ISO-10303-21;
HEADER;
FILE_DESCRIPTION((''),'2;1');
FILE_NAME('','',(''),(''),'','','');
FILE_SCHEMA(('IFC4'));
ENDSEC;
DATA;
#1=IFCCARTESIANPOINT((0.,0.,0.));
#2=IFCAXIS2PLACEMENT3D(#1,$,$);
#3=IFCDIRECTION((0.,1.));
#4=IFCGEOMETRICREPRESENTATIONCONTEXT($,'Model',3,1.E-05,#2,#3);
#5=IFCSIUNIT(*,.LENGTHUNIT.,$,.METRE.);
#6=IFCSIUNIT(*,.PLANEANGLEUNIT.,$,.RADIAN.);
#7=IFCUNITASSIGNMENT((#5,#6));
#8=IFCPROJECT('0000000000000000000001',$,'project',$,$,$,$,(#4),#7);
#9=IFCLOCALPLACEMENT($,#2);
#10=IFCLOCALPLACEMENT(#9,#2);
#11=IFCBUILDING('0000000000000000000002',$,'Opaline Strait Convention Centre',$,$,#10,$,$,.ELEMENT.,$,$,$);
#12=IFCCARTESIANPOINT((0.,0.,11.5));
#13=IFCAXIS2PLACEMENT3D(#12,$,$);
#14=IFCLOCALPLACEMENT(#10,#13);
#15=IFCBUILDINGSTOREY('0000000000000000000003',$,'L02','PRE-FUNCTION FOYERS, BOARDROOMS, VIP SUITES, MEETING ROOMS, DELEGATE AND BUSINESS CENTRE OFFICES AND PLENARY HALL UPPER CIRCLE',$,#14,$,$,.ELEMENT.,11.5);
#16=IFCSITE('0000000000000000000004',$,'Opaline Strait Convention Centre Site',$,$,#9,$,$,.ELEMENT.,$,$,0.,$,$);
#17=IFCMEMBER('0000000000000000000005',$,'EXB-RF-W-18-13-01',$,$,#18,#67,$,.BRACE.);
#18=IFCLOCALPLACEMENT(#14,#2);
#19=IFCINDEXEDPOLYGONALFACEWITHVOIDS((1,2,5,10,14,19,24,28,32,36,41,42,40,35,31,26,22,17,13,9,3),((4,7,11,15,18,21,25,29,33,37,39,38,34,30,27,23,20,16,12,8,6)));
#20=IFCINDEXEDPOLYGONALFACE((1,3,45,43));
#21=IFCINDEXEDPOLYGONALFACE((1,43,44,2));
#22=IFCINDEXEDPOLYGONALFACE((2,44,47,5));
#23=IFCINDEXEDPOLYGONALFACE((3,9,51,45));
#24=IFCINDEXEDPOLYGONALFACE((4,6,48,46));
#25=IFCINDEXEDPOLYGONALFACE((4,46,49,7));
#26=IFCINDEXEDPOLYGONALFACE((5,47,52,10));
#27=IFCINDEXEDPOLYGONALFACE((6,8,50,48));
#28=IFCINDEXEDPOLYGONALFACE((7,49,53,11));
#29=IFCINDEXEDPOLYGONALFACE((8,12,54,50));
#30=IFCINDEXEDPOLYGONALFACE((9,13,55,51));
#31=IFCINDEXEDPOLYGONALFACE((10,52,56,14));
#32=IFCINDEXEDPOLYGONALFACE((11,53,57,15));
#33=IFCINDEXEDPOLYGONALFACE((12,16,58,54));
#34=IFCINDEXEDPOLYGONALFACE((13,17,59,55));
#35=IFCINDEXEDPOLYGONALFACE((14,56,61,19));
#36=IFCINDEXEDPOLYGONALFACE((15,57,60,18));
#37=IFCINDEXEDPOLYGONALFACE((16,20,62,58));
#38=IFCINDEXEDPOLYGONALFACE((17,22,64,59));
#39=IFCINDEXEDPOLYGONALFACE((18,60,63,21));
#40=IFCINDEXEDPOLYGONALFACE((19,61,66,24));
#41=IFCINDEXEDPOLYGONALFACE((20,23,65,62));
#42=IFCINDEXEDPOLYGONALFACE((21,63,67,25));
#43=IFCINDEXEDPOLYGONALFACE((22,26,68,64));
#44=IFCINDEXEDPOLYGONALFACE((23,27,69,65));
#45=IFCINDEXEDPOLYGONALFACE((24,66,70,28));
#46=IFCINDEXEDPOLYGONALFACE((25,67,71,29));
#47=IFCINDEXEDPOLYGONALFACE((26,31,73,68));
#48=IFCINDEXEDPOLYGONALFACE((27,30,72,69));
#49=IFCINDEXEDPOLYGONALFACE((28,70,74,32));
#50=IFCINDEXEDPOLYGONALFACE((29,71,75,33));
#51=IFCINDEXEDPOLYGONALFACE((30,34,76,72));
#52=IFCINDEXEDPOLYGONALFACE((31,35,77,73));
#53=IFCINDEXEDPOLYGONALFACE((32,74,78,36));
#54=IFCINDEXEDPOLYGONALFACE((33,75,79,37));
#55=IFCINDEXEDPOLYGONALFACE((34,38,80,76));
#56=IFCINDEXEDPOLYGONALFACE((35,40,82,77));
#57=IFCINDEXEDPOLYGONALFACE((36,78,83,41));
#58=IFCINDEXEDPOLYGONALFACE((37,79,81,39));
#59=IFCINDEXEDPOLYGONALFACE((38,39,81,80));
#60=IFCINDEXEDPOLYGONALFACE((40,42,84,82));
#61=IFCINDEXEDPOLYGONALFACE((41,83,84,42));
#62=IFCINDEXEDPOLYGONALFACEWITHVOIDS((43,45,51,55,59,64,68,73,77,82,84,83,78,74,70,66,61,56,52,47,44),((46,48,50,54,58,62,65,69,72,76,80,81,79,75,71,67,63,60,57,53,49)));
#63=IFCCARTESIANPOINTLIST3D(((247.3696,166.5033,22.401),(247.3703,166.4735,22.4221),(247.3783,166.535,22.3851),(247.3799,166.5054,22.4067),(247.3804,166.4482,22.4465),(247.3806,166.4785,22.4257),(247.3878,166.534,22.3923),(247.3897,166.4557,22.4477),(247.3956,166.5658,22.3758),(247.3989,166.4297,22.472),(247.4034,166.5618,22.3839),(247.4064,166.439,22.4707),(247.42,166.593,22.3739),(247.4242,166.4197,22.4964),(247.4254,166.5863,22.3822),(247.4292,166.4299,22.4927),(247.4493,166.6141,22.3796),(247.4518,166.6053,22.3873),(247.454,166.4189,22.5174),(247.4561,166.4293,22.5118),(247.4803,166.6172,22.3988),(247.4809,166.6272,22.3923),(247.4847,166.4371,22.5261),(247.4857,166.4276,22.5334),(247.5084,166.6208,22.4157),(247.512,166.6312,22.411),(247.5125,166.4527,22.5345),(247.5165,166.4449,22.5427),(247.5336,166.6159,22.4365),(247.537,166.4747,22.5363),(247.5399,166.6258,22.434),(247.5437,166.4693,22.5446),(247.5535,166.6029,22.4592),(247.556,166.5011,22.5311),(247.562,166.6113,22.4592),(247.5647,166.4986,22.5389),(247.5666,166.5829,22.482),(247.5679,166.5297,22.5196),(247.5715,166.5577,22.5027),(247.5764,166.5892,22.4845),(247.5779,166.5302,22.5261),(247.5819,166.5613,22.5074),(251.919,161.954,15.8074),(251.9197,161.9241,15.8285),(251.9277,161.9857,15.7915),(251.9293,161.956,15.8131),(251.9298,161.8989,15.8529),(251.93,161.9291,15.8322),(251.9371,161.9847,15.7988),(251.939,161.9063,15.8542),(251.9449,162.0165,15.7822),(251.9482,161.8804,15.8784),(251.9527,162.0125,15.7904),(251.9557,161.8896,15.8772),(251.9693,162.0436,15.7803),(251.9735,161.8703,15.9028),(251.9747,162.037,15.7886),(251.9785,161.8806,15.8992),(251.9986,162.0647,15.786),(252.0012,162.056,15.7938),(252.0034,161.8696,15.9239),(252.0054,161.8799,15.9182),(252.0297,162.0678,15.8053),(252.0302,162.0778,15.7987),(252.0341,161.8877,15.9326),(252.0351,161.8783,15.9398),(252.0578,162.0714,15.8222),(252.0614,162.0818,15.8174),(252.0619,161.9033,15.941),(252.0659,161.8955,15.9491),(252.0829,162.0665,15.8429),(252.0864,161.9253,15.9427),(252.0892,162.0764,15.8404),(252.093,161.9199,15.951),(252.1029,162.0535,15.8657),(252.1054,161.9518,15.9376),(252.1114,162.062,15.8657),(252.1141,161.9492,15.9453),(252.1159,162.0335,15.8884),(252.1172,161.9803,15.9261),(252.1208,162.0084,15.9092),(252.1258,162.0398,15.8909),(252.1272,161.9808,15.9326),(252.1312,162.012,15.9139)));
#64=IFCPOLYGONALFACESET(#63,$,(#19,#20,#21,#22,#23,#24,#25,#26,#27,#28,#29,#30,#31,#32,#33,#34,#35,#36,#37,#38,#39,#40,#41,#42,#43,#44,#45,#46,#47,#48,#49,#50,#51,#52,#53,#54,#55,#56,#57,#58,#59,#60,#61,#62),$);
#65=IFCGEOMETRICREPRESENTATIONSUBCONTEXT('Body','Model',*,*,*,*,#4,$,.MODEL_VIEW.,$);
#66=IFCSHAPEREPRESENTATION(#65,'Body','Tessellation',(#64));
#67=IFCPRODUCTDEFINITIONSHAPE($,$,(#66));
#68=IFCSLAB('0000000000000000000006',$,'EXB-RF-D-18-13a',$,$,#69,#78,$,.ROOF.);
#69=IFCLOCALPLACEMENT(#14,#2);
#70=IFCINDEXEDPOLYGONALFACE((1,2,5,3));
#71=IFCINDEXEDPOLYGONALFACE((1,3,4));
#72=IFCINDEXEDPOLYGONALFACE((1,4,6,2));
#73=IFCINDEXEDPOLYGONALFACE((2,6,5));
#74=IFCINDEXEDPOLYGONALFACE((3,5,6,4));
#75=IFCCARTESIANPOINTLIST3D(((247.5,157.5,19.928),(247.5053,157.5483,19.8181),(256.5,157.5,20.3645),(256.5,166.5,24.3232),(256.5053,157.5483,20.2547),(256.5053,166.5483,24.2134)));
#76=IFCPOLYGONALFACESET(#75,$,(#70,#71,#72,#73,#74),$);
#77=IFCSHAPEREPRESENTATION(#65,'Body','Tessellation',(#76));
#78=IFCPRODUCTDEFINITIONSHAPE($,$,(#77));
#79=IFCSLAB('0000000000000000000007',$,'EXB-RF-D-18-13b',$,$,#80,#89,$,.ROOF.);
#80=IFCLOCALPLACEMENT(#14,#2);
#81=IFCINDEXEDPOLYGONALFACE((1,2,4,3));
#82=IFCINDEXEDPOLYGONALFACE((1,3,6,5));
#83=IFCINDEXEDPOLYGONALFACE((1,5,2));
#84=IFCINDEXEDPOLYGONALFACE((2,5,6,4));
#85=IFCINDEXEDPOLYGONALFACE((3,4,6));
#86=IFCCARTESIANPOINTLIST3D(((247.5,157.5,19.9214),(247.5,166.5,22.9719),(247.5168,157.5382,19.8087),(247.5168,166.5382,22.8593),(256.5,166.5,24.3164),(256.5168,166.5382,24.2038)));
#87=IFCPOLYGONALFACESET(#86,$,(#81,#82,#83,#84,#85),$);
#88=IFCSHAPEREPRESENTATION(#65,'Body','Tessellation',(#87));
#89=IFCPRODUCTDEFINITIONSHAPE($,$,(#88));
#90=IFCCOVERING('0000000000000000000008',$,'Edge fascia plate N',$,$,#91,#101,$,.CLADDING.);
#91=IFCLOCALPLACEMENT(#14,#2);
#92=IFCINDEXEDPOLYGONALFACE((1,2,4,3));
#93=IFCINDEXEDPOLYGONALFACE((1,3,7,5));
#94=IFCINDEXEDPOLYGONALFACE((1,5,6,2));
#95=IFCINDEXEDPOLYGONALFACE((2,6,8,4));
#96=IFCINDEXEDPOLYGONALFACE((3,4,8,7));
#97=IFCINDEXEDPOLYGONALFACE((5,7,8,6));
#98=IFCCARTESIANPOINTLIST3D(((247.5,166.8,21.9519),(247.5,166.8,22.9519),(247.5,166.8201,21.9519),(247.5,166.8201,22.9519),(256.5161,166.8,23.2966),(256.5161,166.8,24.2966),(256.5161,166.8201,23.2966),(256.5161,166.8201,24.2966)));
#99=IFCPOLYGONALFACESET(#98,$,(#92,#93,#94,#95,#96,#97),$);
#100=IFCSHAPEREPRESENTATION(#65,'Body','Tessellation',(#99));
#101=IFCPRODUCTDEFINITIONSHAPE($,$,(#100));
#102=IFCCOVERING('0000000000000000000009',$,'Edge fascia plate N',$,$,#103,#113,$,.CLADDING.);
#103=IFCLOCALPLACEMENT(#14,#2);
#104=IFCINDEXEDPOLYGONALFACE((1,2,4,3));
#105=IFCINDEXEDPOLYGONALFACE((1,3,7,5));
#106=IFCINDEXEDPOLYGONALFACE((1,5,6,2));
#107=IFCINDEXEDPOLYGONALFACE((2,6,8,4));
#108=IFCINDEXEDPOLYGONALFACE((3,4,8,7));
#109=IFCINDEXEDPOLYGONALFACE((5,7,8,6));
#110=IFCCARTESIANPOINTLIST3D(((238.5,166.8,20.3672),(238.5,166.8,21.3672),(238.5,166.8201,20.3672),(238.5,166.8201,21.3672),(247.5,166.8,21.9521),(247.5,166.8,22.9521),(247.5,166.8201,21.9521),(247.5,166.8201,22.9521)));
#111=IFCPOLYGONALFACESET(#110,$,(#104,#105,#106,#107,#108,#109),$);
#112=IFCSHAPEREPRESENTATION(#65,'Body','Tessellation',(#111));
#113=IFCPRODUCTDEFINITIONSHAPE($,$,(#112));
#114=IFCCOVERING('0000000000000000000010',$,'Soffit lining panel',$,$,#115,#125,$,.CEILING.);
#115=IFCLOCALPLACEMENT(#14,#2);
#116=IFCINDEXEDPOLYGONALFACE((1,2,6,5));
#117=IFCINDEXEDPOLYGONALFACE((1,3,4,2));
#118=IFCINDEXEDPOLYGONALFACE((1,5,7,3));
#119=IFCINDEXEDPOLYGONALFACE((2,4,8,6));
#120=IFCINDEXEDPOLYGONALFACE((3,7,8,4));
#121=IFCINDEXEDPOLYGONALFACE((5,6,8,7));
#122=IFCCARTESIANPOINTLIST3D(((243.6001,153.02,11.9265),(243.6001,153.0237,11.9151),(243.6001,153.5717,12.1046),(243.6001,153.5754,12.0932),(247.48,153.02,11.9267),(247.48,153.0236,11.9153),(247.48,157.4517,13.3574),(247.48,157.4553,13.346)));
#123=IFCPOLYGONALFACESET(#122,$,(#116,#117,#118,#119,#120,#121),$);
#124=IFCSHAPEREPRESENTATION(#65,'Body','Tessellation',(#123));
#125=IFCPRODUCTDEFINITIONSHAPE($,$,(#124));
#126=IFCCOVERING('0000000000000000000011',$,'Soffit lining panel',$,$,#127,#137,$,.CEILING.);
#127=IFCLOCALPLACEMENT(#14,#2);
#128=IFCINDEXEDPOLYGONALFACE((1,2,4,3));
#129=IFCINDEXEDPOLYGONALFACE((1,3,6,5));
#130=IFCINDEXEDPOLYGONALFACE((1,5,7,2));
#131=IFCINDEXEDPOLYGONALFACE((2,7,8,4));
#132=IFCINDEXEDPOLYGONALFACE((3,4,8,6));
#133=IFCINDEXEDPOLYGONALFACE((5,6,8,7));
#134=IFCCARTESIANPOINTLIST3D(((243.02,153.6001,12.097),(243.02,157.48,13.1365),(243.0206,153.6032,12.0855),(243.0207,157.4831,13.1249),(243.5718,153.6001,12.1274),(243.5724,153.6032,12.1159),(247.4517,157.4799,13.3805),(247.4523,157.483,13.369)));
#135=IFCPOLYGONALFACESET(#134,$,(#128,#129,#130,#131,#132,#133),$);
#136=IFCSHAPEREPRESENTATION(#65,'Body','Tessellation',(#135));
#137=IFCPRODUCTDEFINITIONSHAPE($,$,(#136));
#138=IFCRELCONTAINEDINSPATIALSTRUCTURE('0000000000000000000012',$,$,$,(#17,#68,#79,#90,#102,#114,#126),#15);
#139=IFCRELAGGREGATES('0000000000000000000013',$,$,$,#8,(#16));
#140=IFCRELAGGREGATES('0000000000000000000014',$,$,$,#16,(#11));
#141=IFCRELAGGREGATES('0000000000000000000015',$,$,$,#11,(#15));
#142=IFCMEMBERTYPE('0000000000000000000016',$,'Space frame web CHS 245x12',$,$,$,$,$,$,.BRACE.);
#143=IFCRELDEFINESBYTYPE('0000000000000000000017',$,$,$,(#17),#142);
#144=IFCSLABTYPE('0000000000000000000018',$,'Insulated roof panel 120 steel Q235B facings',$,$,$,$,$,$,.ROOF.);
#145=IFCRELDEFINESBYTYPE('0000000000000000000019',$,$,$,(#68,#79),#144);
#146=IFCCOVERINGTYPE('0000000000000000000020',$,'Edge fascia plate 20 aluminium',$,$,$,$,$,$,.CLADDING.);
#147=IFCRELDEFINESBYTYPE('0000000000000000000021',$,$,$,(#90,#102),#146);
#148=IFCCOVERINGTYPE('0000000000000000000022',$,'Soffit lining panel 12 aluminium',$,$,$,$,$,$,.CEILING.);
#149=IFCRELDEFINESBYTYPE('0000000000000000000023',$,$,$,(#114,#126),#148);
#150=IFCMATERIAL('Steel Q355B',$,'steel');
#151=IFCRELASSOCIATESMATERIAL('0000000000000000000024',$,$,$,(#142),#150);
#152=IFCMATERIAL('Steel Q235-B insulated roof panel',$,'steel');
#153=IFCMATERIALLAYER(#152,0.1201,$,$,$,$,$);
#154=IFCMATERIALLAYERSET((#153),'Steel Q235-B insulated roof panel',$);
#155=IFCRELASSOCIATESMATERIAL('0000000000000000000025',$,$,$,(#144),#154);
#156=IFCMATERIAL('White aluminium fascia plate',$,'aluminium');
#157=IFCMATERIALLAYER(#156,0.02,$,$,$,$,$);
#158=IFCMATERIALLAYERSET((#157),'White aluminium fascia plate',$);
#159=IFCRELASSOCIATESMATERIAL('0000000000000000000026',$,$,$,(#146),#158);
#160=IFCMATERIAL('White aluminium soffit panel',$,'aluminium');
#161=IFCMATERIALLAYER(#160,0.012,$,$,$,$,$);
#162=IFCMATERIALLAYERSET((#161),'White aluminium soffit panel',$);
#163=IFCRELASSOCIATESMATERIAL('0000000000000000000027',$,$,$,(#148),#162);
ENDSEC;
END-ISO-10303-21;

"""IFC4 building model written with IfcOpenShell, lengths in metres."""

from ifc_helpers import new_model, si_unit, direction, frame, origin, origin_2d, place, context, subcontext, project, spatial, polyline, hollow_circle, outline, extrude, material, layer, layer_set, material_profile, profile_set, type_object, element, save


model = new_model("IFC4")

# Units and contexts
model_context = context("Model", 3, precision=1e-05, world=origin(), true_north=direction((0.0, 1.0)))
body_context = subcontext(model_context, "Body", "Model", "MODEL_VIEW")
ifc_project = project(units=[si_unit("LENGTHUNIT", "METRE"), si_unit("PLANEANGLEUNIT", "RADIAN")], contexts=[model_context])

# Site, building, storey
site_placement = place(None, origin())
site = spatial("IfcSite", under=ifc_project, at=site_placement, Name="Opaline Strait Convention Centre Site", CompositionType="ELEMENT", RefElevation=0.0)
building_placement = place(site_placement, origin())
building = spatial("IfcBuilding", under=site, at=building_placement, Name="Opaline Strait Convention Centre", CompositionType="ELEMENT")
storey_placement = place(building_placement, frame((0.0, 0.0, 11.5)))
storey = spatial("IfcBuildingStorey", under=building, at=storey_placement, Name="L02", Description="PRE-FUNCTION FOYERS, BOARDROOMS, VIP SUITES, MEETING ROOMS, DELEGATE AND BUSINESS CENTRE OFFICES AND PLENARY HALL UPPER CIRCLE", CompositionType="ELEMENT", Elevation=11.5)

# Member
ifc_material_1 = material(Name="Steel Q355B", Category="steel")
ifc_material_profile_1 = material_profile(ifc_material_1, hollow_circle(Radius=0.1226, WallThickness=0.012, at=origin_2d()), Name="CHS 245x12")
ifc_profile_set_1 = profile_set([ifc_material_profile_1], Name="Steel Q355B")
member_type_1 = type_object("IfcMemberType", Name="Space frame web CHS 245x12", PredefinedType="BRACE", material=ifc_profile_set_1)
member_1_placement = place(storey_placement, frame((247.4753, 166.5247, 22.4592), z_axis=(0.493829, -0.493829, -0.715727), x_axis=(0.707107, 0.707107, 0.0)))
element("IfcMember", 1, at=member_1_placement, inside=storey, type_object=member_type_1, Name="EXB-RF-W-18-13-01", PredefinedType="BRACE", context=body_context, shape_type="SweptSolid", body=[
    extrude(hollow_circle(Radius=0.1226, WallThickness=0.012, at=origin_2d()), origin(), (0.0, 0.0, 1.0), 9.2124),
])

# Slabs
ifc_material_2 = material(Name="Steel Q235-B insulated roof panel", Category="steel")
ifc_layer_1 = layer(ifc_material_2, 0.1201)
ifc_layer_set_1 = layer_set([ifc_layer_1], Name="Steel Q235-B insulated roof panel")
slab_type = type_object("IfcSlabType", Name="Insulated roof panel 120 steel Q235B facings", PredefinedType="ROOF", material=ifc_layer_set_1)
slab_1_placement = place(storey_placement, frame((247.5, 157.5, 19.928), z_axis=(-0.044354, -0.402235, 0.914461), x_axis=(0.998826, 0.0, 0.048446)))
element("IfcSlab", 2, at=slab_1_placement, inside=storey, type_object=slab_type, Name="EXB-RF-D-18-13a", PredefinedType="ROOF", context=body_context, shape_type="SweptSolid", body=[
    extrude(outline(polyline([(0.0, 0.0), (9.0106, 0.0), (9.2024, 9.8303), (0.0, 0.0)])), origin(), (0.0, 0.0, -1.0), 0.1201),
])
slab_2_placement = place(storey_placement, frame((247.5, 157.5, 19.9214), z_axis=(-0.140086, -0.317845, 0.937737), x_axis=(0.668381, 0.668381, 0.326394)))
element("IfcSlab", 3, at=slab_2_placement, inside=storey, type_object=slab_type, Name="EXB-RF-D-18-13b", PredefinedType="ROOF", context=body_context, shape_type="SweptSolid", body=[
    extrude(outline(polyline([(0.0, 0.0), (13.4654, 0.0), (7.0111, 6.4148), (0.0, 0.0)])), origin(), (0.0, 0.0, -1.0), 0.1201),
])

# Coverings
ifc_material_3 = material(Name="White aluminium fascia plate", Category="aluminium")
ifc_layer_2 = layer(ifc_material_3, 0.02)
ifc_layer_set_2 = layer_set([ifc_layer_2], Name="White aluminium fascia plate")
covering_type_1 = type_object("IfcCoveringType", Name="Edge fascia plate 20 aluminium", PredefinedType="CLADDING", material=ifc_layer_set_2)
covering_1_placement = place(storey_placement, frame((252.0081, 166.8, 23.1243), z_axis=(0.0, 1.0, 0.0), x_axis=(-1.0, 0.0, 0.0)))
element("IfcCovering", 4, at=covering_1_placement, inside=storey, type_object=covering_type_1, Name="Edge fascia plate N", PredefinedType="CLADDING", context=body_context, shape_type="SweptSolid", body=[
    extrude(outline(polyline([(-4.5081, 1.1724), (4.5081, -0.1724), (4.5081, -1.1724), (-4.5081, 0.1724), (-4.5081, 1.1724)])), origin(), (0.0, 0.0, 1.0), 0.02),
])
covering_2_placement = place(storey_placement, frame((243.0, 166.8, 21.6597), z_axis=(0.0, 1.0, 0.0), x_axis=(-1.0, 0.0, 0.0)))
element("IfcCovering", 5, at=covering_2_placement, inside=storey, type_object=covering_type_1, Name="Edge fascia plate N", PredefinedType="CLADDING", context=body_context, shape_type="SweptSolid", body=[
    extrude(outline(polyline([(-4.5, 1.2925), (4.5, -0.2925), (4.5, -1.2925), (-4.5, 0.2925), (-4.5, 1.2925)])), origin(), (0.0, 0.0, 1.0), 0.02),
])
ifc_material_4 = material(Name="White aluminium soffit panel", Category="aluminium")
ifc_layer_3 = layer(ifc_material_4, 0.012)
ifc_layer_set_3 = layer_set([ifc_layer_3], Name="White aluminium soffit panel")
covering_type_2 = type_object("IfcCoveringType", Name="Soffit lining panel 12 aluminium", PredefinedType="CEILING", material=ifc_layer_set_3)
covering_3_placement = place(storey_placement, frame((247.48, 157.4517, 13.3574), z_axis=(-0.000038, -0.307234, 0.951634), x_axis=(0.0, -0.951634, -0.307234)))
element("IfcCovering", 6, at=covering_3_placement, inside=storey, type_object=covering_type_2, Name="Soffit lining panel", PredefinedType="CEILING", context=body_context, shape_type="SweptSolid", body=[
    extrude(outline(polyline([(0.0, 0.0), (4.6569, 0.0), (4.6569, -3.8799), (4.0772, -3.8799), (0.0, 0.0)])), origin(), (0.0, 0.0, -1.0), 0.012),
])
covering_4_placement = place(storey_placement, frame((243.02, 157.48, 13.1365), z_axis=(-0.053115, -0.258408, 0.964574), x_axis=(0.998487, -0.000008, 0.05498)))
element("IfcCovering", 7, at=covering_4_placement, inside=storey, type_object=covering_type_2, Name="Soffit lining panel", PredefinedType="CEILING", context=body_context, shape_type="SweptSolid", body=[
    extrude(outline(polyline([(0.0, 0.0), (4.4383, 0.0), (0.4955, -4.0163), (-0.0571, -4.0163), (0.0, 0.0)])), origin(), (0.0, 0.0, -1.0), 0.012),
])

save(model, "model.ifc")
